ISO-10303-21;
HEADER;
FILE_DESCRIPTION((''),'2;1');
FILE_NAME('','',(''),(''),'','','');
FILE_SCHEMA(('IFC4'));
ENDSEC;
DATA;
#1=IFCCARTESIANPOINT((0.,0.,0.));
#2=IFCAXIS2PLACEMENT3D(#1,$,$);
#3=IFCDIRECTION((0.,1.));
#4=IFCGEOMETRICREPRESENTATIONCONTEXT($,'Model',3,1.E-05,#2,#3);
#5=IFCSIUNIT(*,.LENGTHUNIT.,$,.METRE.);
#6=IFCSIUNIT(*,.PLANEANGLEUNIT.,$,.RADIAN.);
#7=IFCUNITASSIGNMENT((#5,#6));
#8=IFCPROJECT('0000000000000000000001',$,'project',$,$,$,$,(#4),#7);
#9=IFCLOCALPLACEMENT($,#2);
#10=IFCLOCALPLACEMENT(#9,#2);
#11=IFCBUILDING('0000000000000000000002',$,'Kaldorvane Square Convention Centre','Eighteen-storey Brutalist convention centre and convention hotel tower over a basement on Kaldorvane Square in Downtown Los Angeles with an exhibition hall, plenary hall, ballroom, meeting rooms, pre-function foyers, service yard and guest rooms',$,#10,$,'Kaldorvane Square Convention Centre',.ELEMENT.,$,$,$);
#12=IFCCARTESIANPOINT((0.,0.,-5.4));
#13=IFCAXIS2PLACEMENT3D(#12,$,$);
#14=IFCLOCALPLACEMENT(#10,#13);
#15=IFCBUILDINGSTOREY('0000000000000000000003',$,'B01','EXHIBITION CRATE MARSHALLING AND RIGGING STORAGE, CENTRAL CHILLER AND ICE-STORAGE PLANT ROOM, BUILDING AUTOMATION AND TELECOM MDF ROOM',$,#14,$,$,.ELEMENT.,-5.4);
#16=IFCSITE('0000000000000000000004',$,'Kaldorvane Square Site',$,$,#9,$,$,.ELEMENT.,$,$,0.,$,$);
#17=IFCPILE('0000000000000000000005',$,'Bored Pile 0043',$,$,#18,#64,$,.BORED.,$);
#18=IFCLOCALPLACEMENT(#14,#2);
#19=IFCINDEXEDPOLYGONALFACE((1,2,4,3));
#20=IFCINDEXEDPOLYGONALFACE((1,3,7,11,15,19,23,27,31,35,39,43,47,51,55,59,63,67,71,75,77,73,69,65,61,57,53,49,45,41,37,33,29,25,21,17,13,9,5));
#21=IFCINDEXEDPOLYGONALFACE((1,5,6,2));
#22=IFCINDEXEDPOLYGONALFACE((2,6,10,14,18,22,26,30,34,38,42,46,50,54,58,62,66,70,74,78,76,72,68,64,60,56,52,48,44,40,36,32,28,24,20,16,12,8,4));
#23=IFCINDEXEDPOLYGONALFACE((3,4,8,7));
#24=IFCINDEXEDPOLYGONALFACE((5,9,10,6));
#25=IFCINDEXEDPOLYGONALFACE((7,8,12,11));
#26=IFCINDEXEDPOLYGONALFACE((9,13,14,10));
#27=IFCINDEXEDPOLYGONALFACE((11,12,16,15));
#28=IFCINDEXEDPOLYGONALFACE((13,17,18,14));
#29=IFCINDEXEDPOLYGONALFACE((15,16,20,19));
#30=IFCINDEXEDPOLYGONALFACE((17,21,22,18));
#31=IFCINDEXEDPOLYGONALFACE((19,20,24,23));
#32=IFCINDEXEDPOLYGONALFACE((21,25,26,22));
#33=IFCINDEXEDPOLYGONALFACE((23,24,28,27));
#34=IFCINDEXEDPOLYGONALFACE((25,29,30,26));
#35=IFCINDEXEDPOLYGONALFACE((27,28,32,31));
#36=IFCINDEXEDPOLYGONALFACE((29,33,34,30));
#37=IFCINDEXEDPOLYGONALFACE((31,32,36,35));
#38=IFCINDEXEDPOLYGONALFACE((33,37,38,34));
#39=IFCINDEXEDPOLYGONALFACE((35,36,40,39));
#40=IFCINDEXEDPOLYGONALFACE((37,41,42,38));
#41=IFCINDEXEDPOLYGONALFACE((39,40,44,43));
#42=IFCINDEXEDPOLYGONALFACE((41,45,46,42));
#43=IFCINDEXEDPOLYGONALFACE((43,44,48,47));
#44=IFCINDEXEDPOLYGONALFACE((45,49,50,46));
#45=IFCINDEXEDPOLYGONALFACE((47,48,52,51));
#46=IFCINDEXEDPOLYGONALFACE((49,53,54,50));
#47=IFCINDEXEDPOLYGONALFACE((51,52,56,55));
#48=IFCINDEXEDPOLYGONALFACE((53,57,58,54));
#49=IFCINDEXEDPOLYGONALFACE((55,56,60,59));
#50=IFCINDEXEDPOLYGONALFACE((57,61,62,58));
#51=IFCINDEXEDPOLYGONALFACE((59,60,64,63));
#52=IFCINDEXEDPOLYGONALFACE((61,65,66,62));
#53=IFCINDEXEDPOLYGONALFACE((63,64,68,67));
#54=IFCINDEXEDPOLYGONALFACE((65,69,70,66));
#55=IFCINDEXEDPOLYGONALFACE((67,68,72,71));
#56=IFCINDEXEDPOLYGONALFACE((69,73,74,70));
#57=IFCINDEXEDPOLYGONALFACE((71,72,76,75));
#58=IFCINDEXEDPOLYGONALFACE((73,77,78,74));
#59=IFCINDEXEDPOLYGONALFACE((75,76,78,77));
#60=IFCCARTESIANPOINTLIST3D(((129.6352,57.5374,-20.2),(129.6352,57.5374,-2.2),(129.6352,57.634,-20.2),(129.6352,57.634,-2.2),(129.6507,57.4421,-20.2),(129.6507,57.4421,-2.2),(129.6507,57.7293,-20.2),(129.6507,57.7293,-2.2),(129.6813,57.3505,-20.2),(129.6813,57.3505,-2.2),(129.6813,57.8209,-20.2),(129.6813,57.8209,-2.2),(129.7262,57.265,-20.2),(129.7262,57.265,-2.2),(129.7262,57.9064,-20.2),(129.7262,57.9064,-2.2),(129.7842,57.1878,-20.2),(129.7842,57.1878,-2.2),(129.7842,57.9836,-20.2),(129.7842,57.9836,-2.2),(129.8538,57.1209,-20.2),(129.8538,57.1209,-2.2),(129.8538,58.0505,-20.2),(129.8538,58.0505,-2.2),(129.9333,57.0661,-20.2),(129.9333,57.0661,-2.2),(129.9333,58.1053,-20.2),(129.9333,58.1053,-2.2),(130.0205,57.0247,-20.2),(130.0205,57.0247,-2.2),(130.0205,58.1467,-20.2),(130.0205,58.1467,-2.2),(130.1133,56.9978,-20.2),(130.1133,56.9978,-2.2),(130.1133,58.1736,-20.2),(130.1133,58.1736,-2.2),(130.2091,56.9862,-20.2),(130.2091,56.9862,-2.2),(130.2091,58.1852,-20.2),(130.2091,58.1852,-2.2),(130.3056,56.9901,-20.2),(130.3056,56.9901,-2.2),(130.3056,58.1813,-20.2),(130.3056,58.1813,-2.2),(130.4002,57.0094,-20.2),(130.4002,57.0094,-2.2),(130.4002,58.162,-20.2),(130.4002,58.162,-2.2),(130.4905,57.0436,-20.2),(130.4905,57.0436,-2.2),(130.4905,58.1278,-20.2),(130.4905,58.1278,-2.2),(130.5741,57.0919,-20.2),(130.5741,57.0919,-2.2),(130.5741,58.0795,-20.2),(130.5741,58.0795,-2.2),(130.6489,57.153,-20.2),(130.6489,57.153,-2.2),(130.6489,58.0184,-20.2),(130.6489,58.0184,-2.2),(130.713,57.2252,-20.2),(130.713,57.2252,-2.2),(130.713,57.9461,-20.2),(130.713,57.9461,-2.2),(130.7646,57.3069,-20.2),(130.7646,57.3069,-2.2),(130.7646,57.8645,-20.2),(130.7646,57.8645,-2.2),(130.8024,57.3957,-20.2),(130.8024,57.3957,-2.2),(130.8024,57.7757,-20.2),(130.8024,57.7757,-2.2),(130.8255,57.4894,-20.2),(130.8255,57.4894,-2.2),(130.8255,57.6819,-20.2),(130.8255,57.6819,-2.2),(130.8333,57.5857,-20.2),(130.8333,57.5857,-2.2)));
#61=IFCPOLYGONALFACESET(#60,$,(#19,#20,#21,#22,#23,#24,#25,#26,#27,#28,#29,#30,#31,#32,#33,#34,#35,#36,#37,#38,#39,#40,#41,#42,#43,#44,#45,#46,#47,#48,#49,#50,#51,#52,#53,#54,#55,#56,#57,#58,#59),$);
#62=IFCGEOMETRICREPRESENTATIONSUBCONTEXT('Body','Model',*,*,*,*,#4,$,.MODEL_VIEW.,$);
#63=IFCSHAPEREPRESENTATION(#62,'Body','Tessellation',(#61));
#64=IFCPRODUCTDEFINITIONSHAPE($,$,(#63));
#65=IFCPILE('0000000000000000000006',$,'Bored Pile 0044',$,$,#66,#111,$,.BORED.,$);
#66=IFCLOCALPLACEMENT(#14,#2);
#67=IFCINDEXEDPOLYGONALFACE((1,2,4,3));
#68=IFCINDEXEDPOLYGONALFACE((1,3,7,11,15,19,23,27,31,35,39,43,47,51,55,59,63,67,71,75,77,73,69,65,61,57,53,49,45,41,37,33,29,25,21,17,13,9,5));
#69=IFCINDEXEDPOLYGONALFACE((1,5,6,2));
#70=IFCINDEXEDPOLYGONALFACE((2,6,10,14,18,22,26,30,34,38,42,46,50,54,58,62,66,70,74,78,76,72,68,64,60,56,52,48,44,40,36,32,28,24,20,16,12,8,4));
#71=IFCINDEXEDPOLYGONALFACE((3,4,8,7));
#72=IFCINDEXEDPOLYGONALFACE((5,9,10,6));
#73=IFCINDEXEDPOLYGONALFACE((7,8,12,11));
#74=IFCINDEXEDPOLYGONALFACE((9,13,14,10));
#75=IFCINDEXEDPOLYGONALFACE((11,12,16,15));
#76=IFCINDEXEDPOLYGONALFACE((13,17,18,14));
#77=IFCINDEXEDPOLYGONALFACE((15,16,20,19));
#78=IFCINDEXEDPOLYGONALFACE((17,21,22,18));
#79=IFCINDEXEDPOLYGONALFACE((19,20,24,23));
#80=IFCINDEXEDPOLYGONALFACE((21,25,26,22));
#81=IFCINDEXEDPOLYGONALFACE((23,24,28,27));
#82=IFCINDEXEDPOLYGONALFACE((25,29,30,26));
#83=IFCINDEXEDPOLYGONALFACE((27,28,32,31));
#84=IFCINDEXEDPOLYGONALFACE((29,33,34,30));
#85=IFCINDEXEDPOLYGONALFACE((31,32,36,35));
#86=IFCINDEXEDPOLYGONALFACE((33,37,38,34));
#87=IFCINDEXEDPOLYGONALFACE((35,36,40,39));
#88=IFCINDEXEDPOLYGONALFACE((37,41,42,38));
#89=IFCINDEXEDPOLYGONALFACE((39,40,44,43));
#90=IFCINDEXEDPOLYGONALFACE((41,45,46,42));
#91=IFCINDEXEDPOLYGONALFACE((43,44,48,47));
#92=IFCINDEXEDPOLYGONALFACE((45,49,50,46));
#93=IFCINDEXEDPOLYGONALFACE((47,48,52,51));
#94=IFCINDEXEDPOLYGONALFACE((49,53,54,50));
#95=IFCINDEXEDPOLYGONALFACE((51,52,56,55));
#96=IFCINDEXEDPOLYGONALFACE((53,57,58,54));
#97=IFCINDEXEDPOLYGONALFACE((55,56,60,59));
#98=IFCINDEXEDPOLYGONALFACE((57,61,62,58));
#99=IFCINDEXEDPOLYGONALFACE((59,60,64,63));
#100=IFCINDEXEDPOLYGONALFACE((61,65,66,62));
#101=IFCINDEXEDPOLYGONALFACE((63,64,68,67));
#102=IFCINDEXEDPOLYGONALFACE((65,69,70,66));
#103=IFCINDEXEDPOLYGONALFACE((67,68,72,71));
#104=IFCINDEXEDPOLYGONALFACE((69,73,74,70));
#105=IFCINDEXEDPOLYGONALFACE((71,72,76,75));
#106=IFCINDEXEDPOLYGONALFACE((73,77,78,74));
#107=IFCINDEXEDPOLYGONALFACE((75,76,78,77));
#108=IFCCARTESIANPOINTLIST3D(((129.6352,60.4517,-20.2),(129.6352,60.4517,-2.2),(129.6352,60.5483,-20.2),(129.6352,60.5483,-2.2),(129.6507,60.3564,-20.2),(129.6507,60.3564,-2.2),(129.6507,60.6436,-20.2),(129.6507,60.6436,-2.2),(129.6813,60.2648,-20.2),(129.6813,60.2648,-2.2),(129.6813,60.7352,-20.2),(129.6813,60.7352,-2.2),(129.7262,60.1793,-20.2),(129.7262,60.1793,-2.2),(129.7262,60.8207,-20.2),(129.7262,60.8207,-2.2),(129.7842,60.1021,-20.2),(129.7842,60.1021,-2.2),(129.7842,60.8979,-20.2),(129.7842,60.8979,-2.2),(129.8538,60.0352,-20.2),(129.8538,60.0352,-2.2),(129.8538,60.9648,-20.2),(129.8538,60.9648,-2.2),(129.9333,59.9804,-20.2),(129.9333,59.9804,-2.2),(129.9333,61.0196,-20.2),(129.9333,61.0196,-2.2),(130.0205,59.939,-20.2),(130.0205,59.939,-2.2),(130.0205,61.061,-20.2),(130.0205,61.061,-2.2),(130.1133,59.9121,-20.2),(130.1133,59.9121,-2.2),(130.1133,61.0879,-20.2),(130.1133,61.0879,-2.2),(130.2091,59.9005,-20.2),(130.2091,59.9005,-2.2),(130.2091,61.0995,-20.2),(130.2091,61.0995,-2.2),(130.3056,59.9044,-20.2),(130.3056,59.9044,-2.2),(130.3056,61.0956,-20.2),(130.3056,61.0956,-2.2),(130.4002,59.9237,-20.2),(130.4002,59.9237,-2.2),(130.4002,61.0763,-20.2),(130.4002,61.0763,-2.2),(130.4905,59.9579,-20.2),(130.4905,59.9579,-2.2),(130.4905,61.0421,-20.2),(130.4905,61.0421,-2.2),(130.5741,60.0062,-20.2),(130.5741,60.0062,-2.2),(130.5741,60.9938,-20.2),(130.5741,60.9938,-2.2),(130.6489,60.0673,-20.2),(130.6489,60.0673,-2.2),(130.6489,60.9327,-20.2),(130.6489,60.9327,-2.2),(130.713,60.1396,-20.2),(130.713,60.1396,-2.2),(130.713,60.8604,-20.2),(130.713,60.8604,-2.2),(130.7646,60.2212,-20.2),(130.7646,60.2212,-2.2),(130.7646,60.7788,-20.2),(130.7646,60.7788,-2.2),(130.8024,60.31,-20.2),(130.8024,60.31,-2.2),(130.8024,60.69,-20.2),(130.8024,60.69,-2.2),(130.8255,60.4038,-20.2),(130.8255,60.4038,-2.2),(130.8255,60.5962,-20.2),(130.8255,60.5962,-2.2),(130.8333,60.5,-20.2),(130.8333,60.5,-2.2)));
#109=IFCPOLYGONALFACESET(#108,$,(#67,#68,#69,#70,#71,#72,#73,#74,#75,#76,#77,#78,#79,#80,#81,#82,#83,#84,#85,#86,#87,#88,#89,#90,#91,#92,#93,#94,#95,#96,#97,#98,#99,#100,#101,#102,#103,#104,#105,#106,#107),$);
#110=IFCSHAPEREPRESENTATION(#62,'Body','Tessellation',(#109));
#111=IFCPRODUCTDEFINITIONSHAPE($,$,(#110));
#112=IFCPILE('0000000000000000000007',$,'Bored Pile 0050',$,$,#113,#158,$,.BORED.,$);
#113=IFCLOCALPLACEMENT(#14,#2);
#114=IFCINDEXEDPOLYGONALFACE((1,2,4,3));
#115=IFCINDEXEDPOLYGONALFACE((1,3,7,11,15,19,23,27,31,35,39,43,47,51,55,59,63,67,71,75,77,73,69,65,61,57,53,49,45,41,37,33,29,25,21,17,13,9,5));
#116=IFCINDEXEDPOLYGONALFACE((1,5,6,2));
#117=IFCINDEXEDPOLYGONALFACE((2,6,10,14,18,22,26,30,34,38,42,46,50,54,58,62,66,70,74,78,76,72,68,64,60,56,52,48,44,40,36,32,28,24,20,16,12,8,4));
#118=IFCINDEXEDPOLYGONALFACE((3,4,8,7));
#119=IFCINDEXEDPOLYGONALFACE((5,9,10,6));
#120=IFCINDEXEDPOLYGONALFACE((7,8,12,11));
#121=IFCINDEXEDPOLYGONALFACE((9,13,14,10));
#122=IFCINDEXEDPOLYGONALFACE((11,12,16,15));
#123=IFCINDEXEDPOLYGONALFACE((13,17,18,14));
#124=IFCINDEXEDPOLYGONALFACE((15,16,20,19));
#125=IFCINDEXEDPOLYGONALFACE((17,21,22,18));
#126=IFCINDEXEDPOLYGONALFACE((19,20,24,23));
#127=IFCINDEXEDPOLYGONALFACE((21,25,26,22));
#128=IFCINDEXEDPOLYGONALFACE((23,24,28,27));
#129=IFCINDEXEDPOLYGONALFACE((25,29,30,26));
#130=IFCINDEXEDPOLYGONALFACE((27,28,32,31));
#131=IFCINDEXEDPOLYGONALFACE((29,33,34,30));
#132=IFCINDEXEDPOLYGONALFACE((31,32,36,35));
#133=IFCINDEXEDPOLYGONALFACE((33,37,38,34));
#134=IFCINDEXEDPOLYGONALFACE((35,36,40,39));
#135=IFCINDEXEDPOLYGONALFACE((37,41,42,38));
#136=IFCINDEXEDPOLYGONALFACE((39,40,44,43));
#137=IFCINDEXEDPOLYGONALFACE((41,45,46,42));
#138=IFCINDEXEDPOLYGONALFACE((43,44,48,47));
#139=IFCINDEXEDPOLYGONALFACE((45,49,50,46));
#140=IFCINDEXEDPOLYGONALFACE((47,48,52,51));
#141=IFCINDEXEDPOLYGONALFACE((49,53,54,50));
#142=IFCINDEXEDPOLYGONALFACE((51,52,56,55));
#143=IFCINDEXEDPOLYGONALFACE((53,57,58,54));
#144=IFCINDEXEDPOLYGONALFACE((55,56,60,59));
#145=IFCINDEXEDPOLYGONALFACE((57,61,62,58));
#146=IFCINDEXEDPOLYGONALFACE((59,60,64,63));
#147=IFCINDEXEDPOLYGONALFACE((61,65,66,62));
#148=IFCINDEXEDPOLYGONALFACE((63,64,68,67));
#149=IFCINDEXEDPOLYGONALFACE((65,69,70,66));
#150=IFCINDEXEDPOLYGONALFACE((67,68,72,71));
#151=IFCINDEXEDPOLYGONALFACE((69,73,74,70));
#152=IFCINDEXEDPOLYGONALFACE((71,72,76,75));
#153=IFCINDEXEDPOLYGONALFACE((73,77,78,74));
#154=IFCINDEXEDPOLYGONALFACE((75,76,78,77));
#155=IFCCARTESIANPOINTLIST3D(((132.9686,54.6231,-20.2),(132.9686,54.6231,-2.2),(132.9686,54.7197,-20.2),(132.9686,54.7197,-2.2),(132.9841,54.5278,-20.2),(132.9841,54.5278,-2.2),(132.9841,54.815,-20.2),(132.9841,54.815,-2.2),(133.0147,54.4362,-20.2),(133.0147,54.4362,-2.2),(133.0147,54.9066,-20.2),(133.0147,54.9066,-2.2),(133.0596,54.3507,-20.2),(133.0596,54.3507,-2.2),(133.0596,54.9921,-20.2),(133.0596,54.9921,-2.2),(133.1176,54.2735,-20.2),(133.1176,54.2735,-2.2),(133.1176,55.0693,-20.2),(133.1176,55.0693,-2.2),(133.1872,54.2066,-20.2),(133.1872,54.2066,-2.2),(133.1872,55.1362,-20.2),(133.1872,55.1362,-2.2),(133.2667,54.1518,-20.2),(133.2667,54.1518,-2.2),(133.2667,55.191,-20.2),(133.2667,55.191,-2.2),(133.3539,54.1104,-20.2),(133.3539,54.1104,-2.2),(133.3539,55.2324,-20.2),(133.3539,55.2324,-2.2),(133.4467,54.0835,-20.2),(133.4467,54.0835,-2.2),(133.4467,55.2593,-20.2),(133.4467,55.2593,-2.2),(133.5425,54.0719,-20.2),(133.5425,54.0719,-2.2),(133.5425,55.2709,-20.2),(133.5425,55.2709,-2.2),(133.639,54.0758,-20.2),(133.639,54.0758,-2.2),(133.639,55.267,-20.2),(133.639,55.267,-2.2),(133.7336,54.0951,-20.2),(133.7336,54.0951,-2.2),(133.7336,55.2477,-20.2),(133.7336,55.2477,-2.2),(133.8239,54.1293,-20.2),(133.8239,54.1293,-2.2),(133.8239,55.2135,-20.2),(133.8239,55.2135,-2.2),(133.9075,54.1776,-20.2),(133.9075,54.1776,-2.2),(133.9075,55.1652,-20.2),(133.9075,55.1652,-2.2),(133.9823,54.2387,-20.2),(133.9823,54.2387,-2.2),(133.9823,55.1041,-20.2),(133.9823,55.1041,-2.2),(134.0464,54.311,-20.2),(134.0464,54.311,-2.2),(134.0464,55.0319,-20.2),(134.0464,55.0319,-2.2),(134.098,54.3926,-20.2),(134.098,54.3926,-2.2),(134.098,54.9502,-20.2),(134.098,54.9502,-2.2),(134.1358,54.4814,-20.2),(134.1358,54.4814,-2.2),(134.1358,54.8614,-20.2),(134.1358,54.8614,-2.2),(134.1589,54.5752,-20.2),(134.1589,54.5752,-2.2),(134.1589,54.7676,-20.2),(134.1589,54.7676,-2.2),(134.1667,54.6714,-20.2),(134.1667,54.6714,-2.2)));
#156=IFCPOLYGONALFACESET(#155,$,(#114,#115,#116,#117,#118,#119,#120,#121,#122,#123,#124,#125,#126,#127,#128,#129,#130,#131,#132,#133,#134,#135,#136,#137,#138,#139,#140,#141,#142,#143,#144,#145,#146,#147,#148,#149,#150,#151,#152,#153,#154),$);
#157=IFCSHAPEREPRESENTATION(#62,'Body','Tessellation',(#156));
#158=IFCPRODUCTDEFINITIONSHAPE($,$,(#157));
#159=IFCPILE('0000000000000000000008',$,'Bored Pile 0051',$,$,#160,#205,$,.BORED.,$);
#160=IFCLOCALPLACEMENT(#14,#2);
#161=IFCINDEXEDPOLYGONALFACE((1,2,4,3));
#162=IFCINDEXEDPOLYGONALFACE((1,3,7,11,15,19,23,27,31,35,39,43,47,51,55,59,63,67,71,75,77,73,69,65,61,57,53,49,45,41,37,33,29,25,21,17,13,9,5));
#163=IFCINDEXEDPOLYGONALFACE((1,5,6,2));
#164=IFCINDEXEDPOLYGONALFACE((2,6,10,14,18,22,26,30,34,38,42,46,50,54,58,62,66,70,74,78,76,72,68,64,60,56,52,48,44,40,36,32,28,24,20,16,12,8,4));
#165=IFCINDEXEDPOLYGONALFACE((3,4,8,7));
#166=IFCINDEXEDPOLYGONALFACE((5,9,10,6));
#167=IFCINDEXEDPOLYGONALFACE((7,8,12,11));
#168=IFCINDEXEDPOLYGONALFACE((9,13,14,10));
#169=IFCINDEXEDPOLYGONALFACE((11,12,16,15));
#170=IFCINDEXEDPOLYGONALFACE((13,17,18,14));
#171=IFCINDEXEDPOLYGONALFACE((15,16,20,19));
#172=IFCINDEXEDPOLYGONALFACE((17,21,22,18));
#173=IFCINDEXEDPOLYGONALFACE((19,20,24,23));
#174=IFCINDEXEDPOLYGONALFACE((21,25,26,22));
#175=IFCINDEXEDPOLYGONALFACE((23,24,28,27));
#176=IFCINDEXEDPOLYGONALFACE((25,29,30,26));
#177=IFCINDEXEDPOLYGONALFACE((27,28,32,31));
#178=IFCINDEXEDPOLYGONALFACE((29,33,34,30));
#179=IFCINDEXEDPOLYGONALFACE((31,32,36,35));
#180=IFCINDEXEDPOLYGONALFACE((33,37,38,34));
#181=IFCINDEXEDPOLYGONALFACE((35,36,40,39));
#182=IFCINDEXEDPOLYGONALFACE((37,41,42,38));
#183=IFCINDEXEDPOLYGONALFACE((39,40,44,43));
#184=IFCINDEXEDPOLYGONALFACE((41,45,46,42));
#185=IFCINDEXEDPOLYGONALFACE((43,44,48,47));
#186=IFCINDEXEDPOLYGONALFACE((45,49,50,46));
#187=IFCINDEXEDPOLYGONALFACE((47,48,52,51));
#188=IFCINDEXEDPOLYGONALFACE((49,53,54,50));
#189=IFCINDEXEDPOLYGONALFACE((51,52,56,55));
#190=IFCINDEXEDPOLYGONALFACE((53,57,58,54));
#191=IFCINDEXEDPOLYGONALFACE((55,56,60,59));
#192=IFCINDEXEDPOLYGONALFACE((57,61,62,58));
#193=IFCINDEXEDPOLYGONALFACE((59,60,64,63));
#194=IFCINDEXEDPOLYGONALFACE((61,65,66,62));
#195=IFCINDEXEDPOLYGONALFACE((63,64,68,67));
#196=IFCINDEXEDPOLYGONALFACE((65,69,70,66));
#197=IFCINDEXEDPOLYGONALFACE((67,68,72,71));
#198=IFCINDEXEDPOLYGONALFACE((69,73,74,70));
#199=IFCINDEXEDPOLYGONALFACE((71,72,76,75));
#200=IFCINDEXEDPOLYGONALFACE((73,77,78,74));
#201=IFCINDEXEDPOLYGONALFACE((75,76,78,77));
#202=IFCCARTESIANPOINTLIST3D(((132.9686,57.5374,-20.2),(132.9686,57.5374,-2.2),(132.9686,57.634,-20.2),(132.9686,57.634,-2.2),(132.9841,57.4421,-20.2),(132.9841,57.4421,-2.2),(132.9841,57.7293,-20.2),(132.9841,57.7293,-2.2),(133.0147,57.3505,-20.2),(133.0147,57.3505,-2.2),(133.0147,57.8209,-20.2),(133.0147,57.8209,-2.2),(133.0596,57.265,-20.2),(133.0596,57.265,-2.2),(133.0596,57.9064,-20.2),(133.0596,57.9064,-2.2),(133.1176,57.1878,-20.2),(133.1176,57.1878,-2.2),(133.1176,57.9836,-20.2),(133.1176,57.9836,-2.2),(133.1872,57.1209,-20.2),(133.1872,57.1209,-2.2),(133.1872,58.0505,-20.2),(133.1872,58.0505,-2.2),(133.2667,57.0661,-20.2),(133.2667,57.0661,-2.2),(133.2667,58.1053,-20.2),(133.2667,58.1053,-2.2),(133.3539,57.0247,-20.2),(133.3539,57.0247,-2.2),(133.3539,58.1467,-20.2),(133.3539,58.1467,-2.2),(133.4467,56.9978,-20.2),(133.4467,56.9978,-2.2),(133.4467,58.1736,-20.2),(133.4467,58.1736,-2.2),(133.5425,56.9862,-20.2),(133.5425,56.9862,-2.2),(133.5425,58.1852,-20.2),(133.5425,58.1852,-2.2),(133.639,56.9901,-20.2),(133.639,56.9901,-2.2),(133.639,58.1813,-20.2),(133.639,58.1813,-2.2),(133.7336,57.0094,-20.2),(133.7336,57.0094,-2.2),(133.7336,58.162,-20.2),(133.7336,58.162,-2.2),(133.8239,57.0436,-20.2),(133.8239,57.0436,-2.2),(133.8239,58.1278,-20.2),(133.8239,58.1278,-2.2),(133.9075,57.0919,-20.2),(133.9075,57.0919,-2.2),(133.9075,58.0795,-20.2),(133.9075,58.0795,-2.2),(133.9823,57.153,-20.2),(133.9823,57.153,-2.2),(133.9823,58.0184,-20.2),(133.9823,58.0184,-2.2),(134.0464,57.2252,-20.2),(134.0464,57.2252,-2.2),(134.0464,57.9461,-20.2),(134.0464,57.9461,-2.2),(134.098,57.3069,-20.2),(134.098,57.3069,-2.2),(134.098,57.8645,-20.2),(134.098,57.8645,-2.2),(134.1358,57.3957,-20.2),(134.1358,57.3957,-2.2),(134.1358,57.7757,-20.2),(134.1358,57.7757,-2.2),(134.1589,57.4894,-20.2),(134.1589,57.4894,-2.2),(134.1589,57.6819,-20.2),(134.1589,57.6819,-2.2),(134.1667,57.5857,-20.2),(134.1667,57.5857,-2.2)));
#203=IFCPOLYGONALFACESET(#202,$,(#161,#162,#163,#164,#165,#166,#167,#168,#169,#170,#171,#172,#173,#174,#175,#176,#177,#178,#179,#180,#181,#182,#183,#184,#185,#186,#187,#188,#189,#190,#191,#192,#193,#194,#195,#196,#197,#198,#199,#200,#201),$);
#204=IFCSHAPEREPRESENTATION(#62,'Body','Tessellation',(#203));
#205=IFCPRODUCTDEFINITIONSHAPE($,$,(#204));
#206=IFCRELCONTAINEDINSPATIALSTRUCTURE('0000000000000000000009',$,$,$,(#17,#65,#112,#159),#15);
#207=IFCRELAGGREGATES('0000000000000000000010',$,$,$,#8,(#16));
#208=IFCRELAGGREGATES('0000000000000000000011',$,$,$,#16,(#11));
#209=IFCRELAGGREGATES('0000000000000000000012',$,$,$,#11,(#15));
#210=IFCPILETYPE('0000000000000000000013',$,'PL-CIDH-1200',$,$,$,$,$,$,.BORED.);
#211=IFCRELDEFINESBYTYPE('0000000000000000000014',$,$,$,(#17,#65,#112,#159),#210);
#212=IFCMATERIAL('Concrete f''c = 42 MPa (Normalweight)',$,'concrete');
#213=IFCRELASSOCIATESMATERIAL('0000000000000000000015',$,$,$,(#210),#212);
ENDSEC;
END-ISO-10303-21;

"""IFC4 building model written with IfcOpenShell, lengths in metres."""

from ifc_helpers import new_model, si_unit, direction, frame, origin, origin_2d, place, context, subcontext, project, spatial, circle, extrude, material, material_profile, profile_set, type_object, element, save


model = new_model("IFC4")

# Units and contexts
model_context = context("Model", 3, precision=1e-05, world=origin(), true_north=direction((0.0, 1.0)))
body_context = subcontext(model_context, "Body", "Model", "MODEL_VIEW")
ifc_project = project(units=[si_unit("LENGTHUNIT", "METRE"), si_unit("PLANEANGLEUNIT", "RADIAN")], contexts=[model_context])

# Site, building, storey
site_placement = place(None, origin())
site = spatial("IfcSite", under=ifc_project, at=site_placement, Name="Kaldorvane Square Site", CompositionType="ELEMENT", RefElevation=0.0)
building_placement = place(site_placement, origin())
building = spatial("IfcBuilding", under=site, at=building_placement, Name="Kaldorvane Square Convention Centre", Description="Eighteen-storey Brutalist convention centre and convention hotel tower over a basement on Kaldorvane Square in Downtown Los Angeles with an exhibition hall, plenary hall, ballroom, meeting rooms, pre-function foyers, service yard and guest rooms", LongName="Kaldorvane Square Convention Centre", CompositionType="ELEMENT")
storey_placement = place(building_placement, frame((0.0, 0.0, -5.4)))
storey = spatial("IfcBuildingStorey", under=building, at=storey_placement, Name="B01", Description="EXHIBITION CRATE MARSHALLING AND RIGGING STORAGE, CENTRAL CHILLER AND ICE-STORAGE PLANT ROOM, BUILDING AUTOMATION AND TELECOM MDF ROOM", CompositionType="ELEMENT", Elevation=-5.4)

# Shared definitions
ifc_material_1 = material(Name="Concrete f'c = 42 MPa (Normalweight)", Category="concrete")

# Piles
ifc_material_profile_1 = material_profile(ifc_material_1, circle(Radius=0.6, at=origin_2d()), Name="PILE-D1200")
ifc_profile_set_1 = profile_set([ifc_material_profile_1], Name="Concrete f'c = 42 MPa (Normalweight)")
pile_type_1 = type_object("IfcPileType", Name="PL-CIDH-1200", PredefinedType="BORED", material=ifc_profile_set_1)
for number, where, z_axis, x_axis, name in (
    (1, (130.2333, 57.5857, -2.2), (0.0, 0.0, -1.0), (1.0, 0.0, 0.0), "Bored Pile 0043"),
    (2, (130.2333, 60.5, -2.2), (0.0, 0.0, -1.0), (1.0, 0.0, 0.0), "Bored Pile 0044"),
    (3, (133.5667, 54.6714, -2.2), (0.0, 0.0, -1.0), (1.0, 0.0, 0.0), "Bored Pile 0050"),
    (4, (133.5667, 57.5857, -2.2), (0.0, 0.0, -1.0), (1.0, 0.0, 0.0), "Bored Pile 0051"),
):
    element("IfcPile", number, at=place(storey_placement, frame(where, z_axis=z_axis, x_axis=x_axis)), inside=storey, type_object=pile_type_1, Name=name, PredefinedType="BORED", context=body_context, shape_type="SweptSolid", body=[
        extrude(circle(Radius=0.6, at=origin_2d()), origin(), (0.0, 0.0, 1.0), 18.0),
    ])

save(model, "model.ifc")
